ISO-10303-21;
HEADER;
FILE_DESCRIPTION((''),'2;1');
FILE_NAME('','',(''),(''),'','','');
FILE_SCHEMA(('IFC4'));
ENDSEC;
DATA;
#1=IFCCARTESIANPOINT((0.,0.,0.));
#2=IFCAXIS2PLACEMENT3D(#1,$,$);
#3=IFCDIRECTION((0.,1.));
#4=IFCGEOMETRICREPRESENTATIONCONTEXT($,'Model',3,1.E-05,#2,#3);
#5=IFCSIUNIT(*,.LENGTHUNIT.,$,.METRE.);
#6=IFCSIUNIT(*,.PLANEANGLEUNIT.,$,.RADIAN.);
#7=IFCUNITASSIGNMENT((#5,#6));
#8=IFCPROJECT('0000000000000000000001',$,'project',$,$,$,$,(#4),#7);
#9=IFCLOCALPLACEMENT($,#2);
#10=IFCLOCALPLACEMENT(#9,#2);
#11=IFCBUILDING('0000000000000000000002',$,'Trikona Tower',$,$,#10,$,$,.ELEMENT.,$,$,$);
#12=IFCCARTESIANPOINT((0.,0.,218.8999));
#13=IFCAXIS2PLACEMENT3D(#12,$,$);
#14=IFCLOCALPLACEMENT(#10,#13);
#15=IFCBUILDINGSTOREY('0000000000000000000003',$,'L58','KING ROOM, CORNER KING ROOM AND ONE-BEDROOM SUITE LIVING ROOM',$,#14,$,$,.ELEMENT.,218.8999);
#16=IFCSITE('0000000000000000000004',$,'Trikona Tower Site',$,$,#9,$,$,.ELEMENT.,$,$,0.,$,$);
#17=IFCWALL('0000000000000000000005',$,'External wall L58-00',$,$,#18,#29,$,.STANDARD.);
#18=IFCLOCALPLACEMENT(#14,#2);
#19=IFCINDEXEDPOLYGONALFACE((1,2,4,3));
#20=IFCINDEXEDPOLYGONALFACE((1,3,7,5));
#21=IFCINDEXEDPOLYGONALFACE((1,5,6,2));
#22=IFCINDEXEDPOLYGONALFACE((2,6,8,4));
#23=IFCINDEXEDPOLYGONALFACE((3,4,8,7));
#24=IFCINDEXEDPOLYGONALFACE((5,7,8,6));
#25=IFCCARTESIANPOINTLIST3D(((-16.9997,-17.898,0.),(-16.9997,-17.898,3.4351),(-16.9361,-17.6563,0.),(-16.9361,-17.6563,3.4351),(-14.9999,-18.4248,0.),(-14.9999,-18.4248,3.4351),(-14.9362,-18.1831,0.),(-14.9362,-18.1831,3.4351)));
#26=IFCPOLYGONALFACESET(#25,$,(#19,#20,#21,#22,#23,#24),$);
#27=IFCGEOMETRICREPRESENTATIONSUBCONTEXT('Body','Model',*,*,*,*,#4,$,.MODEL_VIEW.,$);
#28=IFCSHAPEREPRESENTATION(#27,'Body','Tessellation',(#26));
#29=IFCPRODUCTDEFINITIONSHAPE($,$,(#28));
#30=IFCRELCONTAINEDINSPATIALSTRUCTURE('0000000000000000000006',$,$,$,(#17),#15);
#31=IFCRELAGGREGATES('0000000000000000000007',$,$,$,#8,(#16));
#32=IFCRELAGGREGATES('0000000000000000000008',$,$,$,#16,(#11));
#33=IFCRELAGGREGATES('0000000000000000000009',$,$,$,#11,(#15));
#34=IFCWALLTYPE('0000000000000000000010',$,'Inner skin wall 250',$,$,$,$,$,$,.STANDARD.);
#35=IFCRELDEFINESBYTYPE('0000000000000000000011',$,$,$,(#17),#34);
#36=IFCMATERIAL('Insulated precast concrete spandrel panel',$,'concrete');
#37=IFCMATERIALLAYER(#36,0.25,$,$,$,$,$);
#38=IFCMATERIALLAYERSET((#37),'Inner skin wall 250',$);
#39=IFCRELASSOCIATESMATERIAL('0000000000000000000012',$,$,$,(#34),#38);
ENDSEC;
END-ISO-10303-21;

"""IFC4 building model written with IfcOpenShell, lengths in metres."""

from ifc_helpers import new_model, si_unit, direction, frame, frame_2d, origin, place, context, subcontext, project, spatial, rectangle, extrude, material, layer, layer_set, type_object, element, save


model = new_model("IFC4")

# Units and contexts
model_context = context("Model", 3, precision=1e-05, world=origin(), true_north=direction((0.0, 1.0)))
body_context = subcontext(model_context, "Body", "Model", "MODEL_VIEW")
ifc_project = project(units=[si_unit("LENGTHUNIT", "METRE"), si_unit("PLANEANGLEUNIT", "RADIAN")], contexts=[model_context])

# Site, building, storey
site_placement = place(None, origin())
site = spatial("IfcSite", under=ifc_project, at=site_placement, Name="Trikona Tower Site", CompositionType="ELEMENT", RefElevation=0.0)
building_placement = place(site_placement, origin())
building = spatial("IfcBuilding", under=site, at=building_placement, Name="Trikona Tower", CompositionType="ELEMENT")
storey_placement = place(building_placement, frame((0.0, 0.0, 218.8999)))
storey = spatial("IfcBuildingStorey", under=building, at=storey_placement, Name="L58", Description="KING ROOM, CORNER KING ROOM AND ONE-BEDROOM SUITE LIVING ROOM", CompositionType="ELEMENT", Elevation=218.8999)

# Wall
ifc_material_1 = material(Name="Insulated precast concrete spandrel panel", Category="concrete")
ifc_layer_1 = layer(ifc_material_1, 0.25)
ifc_layer_set_1 = layer_set([ifc_layer_1], Name="Inner skin wall 250")
wall_type_1 = type_object("IfcWallType", Name="Inner skin wall 250", PredefinedType="STANDARD", material=ifc_layer_set_1)
wall_1_placement = place(storey_placement, frame((-16.968, -17.7771, 0.0), z_axis=(0.0, 0.0, 1.0), x_axis=(0.96701, -0.254737, 0.0)))
element("IfcWall", 1, at=wall_1_placement, inside=storey, type_object=wall_type_1, Name="External wall L58-00", PredefinedType="STANDARD", context=body_context, shape_type="SweptSolid", body=[
    extrude(rectangle(XDim=2.0681, YDim=0.25, at=frame_2d((1.0342, 0.0))), origin(), (0.0, 0.0, 1.0), 3.4351),
])

save(model, "model.ifc")
